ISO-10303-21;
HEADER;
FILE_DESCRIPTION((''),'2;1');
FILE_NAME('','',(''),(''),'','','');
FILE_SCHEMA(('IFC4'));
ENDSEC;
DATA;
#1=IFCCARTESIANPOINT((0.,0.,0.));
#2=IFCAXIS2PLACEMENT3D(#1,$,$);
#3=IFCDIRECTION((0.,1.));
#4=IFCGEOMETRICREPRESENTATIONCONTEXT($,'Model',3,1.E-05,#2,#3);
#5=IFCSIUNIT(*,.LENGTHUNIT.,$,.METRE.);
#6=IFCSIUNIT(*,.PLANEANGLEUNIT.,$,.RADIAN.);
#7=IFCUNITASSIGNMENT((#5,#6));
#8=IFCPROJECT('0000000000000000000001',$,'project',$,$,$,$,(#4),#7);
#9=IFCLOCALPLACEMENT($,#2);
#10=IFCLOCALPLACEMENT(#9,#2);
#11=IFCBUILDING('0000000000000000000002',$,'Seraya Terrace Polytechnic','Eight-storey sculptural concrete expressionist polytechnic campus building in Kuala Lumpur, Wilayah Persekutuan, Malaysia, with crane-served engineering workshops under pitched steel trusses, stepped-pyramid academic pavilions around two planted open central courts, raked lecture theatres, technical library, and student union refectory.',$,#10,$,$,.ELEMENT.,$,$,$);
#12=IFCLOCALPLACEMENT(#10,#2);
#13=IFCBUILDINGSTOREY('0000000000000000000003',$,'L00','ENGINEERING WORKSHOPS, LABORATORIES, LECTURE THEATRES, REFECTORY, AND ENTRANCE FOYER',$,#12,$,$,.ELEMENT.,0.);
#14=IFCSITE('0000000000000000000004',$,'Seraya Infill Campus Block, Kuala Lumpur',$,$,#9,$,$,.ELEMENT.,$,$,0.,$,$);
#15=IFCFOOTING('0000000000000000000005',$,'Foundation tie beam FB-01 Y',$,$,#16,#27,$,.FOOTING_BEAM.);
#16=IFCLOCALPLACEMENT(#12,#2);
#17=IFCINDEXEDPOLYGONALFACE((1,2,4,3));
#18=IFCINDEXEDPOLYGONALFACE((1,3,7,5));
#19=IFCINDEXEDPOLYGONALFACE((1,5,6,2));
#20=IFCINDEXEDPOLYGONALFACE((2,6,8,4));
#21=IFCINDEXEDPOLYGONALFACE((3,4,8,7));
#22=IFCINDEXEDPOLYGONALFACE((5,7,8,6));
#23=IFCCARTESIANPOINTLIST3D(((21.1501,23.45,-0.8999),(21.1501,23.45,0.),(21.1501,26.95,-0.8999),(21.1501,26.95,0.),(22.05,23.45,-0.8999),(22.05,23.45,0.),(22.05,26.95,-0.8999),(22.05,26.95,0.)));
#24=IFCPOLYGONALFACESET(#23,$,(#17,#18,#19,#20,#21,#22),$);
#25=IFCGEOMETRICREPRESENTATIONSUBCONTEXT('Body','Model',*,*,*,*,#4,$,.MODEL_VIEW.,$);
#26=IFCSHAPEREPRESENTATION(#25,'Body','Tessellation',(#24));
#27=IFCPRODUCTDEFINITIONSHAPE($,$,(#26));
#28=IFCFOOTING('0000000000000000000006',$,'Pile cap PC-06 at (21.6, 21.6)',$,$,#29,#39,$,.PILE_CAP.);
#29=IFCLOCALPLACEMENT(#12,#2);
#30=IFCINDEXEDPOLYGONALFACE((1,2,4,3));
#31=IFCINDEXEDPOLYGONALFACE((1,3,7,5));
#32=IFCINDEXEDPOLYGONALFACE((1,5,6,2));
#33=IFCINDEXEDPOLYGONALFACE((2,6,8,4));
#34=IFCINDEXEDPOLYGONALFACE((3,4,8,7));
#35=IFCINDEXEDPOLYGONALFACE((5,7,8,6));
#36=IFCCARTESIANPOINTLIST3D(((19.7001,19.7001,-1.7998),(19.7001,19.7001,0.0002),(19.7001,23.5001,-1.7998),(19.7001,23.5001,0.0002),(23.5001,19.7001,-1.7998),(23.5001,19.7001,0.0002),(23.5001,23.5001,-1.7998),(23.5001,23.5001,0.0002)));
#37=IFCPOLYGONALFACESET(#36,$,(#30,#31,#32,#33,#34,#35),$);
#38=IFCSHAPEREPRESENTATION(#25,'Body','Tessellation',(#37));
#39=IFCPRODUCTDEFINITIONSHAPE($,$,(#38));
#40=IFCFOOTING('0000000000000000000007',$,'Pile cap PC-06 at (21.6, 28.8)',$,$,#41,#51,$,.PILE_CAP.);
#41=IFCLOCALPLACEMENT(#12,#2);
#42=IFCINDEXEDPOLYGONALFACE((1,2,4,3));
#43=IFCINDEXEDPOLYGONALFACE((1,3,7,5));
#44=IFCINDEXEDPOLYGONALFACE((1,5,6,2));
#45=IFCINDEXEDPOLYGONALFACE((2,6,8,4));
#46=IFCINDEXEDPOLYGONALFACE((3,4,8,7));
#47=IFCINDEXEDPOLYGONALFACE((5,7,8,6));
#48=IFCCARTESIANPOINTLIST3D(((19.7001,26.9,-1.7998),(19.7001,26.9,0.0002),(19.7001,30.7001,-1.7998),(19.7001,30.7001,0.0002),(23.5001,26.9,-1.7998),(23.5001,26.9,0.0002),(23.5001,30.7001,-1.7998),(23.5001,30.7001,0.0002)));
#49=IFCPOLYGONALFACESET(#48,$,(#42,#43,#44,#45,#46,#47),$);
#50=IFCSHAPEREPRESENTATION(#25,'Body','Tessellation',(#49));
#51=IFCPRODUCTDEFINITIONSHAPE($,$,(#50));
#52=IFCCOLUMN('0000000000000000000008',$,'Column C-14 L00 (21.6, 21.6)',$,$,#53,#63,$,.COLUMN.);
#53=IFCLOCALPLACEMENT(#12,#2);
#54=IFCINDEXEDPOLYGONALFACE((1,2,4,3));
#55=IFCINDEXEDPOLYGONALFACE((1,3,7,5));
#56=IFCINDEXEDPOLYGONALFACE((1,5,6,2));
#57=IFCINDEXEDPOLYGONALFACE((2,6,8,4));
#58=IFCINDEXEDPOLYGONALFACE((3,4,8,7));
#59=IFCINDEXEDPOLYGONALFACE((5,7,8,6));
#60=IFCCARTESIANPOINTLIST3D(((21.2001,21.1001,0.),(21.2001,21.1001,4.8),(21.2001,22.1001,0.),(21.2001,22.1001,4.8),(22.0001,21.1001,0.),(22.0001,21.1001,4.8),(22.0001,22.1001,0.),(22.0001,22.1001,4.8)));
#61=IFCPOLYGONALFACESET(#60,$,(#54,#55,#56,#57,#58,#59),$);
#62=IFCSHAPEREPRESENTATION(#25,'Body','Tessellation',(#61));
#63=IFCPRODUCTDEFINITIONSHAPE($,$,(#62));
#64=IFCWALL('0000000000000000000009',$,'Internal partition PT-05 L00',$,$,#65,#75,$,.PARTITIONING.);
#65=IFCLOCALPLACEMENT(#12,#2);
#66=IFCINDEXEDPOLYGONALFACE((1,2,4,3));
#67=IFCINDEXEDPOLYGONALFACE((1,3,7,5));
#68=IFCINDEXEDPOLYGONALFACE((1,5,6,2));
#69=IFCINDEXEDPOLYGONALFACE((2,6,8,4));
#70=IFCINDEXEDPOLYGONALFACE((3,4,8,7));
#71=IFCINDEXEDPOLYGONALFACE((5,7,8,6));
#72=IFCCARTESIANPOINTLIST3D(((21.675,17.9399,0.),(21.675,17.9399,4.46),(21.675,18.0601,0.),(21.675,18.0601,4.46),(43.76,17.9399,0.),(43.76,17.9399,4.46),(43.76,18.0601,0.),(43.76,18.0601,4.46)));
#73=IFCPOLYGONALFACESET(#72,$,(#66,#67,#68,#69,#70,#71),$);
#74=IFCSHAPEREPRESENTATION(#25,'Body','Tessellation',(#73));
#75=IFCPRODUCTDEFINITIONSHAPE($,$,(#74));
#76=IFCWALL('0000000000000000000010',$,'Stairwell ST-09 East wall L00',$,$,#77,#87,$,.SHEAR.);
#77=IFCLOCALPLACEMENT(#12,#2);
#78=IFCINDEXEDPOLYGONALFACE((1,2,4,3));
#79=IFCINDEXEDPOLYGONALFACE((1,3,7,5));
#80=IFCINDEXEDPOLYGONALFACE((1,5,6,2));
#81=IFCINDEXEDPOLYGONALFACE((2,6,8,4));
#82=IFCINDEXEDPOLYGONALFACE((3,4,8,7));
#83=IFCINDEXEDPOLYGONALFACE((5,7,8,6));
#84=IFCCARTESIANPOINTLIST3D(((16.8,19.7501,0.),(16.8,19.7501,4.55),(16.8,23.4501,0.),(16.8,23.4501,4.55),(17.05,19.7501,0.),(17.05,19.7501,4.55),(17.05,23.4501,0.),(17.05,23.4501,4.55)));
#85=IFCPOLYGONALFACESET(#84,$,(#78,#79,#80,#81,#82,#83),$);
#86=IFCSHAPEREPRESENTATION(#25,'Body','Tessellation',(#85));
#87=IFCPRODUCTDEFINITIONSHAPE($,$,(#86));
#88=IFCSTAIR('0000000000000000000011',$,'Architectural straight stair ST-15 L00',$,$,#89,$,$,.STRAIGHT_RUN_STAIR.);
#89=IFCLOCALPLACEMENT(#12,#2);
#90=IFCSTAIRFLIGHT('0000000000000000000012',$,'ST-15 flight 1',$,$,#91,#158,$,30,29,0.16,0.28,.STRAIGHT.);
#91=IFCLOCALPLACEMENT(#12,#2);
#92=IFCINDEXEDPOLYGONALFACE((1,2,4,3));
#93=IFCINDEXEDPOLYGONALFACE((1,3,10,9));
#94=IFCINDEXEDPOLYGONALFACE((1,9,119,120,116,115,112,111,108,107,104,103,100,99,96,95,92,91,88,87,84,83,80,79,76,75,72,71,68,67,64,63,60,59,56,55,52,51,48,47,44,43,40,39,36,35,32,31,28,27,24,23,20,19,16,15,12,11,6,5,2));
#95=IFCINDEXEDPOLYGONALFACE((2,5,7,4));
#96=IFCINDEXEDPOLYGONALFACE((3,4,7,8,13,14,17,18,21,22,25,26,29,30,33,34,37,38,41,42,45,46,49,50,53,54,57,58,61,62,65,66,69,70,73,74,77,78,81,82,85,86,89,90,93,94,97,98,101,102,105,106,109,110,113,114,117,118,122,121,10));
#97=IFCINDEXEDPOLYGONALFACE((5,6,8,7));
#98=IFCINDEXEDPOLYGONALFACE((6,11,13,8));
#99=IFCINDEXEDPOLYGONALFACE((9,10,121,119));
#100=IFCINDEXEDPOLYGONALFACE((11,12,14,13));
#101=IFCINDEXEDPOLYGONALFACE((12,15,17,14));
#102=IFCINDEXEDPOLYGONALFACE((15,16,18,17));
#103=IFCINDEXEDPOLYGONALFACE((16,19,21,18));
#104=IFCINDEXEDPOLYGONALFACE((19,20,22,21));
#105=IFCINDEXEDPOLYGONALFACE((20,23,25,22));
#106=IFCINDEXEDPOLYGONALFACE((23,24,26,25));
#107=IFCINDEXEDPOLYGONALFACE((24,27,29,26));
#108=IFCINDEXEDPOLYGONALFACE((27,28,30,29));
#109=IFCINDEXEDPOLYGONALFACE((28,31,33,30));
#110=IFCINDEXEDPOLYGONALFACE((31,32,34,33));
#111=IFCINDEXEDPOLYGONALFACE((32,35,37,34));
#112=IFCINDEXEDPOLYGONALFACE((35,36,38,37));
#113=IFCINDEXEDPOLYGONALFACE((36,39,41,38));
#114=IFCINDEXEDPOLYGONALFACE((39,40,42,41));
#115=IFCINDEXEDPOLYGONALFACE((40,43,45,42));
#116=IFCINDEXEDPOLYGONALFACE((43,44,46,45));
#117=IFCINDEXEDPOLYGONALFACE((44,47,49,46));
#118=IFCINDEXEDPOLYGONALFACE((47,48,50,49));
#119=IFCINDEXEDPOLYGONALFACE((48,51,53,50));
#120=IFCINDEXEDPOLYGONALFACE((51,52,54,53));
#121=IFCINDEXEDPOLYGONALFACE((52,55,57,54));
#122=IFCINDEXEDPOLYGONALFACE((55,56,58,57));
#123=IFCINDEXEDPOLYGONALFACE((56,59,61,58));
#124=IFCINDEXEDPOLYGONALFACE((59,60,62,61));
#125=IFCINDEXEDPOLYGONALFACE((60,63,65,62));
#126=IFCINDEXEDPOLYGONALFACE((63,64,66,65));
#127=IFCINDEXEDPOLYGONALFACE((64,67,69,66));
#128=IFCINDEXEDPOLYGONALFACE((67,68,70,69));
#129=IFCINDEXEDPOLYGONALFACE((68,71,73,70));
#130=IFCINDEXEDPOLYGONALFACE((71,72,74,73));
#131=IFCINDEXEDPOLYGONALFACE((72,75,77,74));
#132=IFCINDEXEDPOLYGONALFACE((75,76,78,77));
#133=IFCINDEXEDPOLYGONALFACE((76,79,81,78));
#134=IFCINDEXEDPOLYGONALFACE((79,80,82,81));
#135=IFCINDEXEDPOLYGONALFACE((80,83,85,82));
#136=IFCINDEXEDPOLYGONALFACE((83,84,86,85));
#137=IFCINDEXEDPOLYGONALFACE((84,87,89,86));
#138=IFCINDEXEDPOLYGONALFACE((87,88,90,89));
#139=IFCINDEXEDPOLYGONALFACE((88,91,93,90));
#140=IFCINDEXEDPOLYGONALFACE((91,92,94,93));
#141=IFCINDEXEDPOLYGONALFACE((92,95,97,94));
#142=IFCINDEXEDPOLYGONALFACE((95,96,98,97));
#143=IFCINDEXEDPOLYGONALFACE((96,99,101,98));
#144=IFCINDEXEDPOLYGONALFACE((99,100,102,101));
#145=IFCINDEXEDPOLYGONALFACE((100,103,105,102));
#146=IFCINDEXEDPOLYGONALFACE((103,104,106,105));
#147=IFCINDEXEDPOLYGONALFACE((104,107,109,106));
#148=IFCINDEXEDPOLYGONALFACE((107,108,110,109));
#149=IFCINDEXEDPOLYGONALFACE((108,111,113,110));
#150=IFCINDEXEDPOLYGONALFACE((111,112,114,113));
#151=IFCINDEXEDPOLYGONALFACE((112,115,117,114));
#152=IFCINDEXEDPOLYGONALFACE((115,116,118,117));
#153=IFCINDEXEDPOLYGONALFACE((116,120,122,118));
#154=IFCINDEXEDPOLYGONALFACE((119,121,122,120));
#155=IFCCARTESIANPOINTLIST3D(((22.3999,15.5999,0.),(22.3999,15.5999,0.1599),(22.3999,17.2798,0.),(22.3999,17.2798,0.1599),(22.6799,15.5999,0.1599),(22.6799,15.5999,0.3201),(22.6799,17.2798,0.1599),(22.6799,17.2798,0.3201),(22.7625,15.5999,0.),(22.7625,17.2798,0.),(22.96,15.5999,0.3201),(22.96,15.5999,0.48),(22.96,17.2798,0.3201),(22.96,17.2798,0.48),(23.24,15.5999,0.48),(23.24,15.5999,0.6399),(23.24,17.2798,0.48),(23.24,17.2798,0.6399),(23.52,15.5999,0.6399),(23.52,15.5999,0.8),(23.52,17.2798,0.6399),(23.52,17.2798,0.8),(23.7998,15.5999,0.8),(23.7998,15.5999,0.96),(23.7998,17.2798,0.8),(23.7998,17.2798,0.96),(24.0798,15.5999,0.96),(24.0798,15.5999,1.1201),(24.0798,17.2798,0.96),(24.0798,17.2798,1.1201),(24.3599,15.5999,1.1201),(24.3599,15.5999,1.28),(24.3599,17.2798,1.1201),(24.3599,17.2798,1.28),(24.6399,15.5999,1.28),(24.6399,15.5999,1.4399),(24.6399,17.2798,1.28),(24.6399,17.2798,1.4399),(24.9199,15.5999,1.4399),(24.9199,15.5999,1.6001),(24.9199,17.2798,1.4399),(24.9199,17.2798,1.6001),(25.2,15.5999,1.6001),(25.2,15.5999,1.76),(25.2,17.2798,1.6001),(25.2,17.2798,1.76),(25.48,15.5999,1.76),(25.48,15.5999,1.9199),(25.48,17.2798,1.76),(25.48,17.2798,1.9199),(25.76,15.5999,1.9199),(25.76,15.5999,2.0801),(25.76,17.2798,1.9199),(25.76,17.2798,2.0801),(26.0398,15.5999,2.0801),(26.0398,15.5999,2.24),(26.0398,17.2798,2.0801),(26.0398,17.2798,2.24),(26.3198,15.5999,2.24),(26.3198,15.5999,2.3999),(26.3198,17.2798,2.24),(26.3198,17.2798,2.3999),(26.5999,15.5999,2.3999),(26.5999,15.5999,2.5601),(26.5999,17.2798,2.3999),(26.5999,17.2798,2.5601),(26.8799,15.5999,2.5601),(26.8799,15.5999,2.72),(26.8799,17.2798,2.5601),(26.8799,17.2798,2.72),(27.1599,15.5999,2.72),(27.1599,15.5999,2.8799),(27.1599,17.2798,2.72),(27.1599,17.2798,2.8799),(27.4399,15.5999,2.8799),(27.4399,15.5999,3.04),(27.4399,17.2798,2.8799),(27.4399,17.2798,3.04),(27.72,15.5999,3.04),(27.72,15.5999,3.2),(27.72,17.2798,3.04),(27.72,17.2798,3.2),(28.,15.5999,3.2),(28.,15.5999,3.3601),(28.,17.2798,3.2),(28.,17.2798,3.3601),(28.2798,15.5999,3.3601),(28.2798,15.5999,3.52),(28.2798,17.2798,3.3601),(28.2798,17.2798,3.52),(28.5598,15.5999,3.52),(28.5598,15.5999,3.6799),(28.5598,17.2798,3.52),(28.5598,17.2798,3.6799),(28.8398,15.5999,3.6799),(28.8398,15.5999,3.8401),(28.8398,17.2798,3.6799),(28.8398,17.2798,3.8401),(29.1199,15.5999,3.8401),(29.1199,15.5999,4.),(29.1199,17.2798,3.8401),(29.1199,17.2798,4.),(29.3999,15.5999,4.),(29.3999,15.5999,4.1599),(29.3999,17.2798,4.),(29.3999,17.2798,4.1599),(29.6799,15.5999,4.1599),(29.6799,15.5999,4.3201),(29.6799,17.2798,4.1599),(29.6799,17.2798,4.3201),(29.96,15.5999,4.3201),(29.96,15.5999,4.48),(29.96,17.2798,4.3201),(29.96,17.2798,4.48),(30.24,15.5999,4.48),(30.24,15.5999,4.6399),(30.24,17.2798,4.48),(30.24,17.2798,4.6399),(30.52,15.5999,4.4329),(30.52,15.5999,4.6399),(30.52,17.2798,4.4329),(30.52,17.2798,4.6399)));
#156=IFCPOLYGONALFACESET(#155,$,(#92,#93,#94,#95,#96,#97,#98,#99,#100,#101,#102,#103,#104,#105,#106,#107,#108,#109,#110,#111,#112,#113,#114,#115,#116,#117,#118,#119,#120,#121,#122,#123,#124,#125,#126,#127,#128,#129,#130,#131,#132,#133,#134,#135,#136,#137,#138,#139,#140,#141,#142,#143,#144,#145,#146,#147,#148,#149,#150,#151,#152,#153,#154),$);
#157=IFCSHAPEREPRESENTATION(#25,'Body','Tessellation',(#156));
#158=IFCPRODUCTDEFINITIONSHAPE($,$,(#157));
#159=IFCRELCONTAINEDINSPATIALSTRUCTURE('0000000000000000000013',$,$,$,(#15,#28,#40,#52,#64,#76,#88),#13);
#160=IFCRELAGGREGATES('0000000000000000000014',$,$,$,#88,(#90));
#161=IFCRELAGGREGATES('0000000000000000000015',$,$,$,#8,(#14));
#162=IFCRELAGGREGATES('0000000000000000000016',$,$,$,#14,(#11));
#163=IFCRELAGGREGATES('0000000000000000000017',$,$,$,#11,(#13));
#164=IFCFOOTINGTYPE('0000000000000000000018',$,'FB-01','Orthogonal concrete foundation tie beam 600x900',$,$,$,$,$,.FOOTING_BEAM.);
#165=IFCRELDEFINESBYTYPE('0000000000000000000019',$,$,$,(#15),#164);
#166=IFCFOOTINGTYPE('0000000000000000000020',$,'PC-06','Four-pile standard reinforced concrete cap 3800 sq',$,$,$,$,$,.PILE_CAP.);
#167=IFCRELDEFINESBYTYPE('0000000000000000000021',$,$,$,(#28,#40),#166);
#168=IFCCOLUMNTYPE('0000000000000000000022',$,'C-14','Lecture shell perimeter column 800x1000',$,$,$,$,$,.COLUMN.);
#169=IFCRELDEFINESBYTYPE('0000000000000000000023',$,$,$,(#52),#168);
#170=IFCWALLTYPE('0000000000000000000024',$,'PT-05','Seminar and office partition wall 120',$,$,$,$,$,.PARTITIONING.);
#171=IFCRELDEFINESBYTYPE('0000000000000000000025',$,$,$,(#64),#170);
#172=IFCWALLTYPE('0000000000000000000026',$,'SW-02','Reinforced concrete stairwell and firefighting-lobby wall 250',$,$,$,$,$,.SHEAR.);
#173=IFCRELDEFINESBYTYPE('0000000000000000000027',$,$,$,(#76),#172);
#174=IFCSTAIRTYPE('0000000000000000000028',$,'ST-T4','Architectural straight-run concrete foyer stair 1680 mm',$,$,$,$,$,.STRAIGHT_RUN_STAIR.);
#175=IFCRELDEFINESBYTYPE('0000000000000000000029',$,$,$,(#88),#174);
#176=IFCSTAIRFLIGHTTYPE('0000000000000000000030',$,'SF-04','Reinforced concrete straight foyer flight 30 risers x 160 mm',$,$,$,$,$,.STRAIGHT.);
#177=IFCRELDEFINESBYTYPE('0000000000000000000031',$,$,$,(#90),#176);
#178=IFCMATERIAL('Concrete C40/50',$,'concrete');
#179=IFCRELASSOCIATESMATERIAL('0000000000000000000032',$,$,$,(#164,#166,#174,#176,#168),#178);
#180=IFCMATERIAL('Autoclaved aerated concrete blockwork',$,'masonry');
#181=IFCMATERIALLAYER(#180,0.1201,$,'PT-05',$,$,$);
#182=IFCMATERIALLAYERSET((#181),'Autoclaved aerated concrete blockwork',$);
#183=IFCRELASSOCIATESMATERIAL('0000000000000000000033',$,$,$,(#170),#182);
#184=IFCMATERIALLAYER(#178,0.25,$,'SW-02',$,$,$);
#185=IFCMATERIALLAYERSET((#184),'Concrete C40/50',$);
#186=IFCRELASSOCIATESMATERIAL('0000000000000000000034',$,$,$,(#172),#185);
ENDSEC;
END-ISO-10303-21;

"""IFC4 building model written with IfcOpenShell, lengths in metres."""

from ifc_helpers import new_model, si_unit, direction, frame, frame_2d, origin, origin_2d, place, context, subcontext, project, spatial, polyline, rectangle, outline, extrude, material, layer, layer_set, material_profile, profile_set, type_object, element, aggregate, save


model = new_model("IFC4")

# Units and contexts
model_context = context("Model", 3, precision=1e-05, world=origin(), true_north=direction((0.0, 1.0)))
body_context = subcontext(model_context, "Body", "Model", "MODEL_VIEW")
ifc_project = project(units=[si_unit("LENGTHUNIT", "METRE"), si_unit("PLANEANGLEUNIT", "RADIAN")], contexts=[model_context])

# Site, building, storey
site_placement = place(None, origin())
site = spatial("IfcSite", under=ifc_project, at=site_placement, Name="Seraya Infill Campus Block, Kuala Lumpur", CompositionType="ELEMENT", RefElevation=0.0)
building_placement = place(site_placement, origin())
building = spatial("IfcBuilding", under=site, at=building_placement, Name="Seraya Terrace Polytechnic", Description="Eight-storey sculptural concrete expressionist polytechnic campus building in Kuala Lumpur, Wilayah Persekutuan, Malaysia, with crane-served engineering workshops under pitched steel trusses, stepped-pyramid academic pavilions around two planted open central courts, raked lecture theatres, technical library, and student union refectory.", CompositionType="ELEMENT")
storey_placement = place(building_placement, origin())
storey = spatial("IfcBuildingStorey", under=building, at=storey_placement, Name="L00", Description="ENGINEERING WORKSHOPS, LABORATORIES, LECTURE THEATRES, REFECTORY, AND ENTRANCE FOYER", CompositionType="ELEMENT", Elevation=0.0)

# Shared definitions
ifc_material_1 = material(Name="Concrete C40/50", Category="concrete")

# Footings
footing_type_1 = type_object("IfcFootingType", Name="FB-01", Description="Orthogonal concrete foundation tie beam 600x900", PredefinedType="FOOTING_BEAM", material=ifc_material_1)
for number, where, z_axis, x_axis, name in (
    (1, (21.6001, 25.2, -0.8999), (0.0, 0.0, 1.0), (0.0, 1.0, 0.0), "Foundation tie beam FB-01 Y"),
):
    element("IfcFooting", number, at=place(storey_placement, frame(where, z_axis=z_axis, x_axis=x_axis)), inside=storey, type_object=footing_type_1, Name=name, PredefinedType="FOOTING_BEAM", context=body_context, shape_type="SweptSolid", body=[
        extrude(rectangle(XDim=3.5, YDim=0.8999, at=origin_2d()), origin(), (0.0, 0.0, 1.0), 0.8999),
    ])
footing_type_2 = type_object("IfcFootingType", Name="PC-06", Description="Four-pile standard reinforced concrete cap 3800 sq", PredefinedType="PILE_CAP", material=ifc_material_1)
for number, where, z_axis, x_axis, name in (
    (2, (21.6001, 21.6001, -1.7998), (0.0, 0.0, 1.0), (1.0, 0.0, 0.0), "Pile cap PC-06 at (21.6, 21.6)"),
    (3, (21.6001, 28.8, -1.7998), (0.0, 0.0, 1.0), (1.0, 0.0, 0.0), "Pile cap PC-06 at (21.6, 28.8)"),
):
    element("IfcFooting", number, at=place(storey_placement, frame(where, z_axis=z_axis, x_axis=x_axis)), inside=storey, type_object=footing_type_2, Name=name, PredefinedType="PILE_CAP", context=body_context, shape_type="SweptSolid", body=[
        extrude(rectangle(XDim=3.8, YDim=3.8, at=origin_2d()), origin(), (0.0, 0.0, 1.0), 1.8),
    ])

# Column
ifc_material_profile_1 = material_profile(ifc_material_1, rectangle(XDim=0.8, YDim=1.0, at=origin_2d()), Name="RC 800x1000")
ifc_profile_set_1 = profile_set([ifc_material_profile_1], Name="Concrete C40/50")
column_type = type_object("IfcColumnType", Name="C-14", Description="Lecture shell perimeter column 800x1000", PredefinedType="COLUMN", material=ifc_profile_set_1)
column_placement = place(storey_placement, frame((21.6001, 21.6001, 0.0), z_axis=(0.0, 0.0, 1.0), x_axis=(1.0, 0.0, 0.0)))
element("IfcColumn", 4, at=column_placement, inside=storey, type_object=column_type, Name="Column C-14 L00 (21.6, 21.6)", PredefinedType="COLUMN", context=body_context, shape_type="SweptSolid", body=[
    extrude(rectangle(XDim=0.8, YDim=1.0, at=origin_2d()), origin(), (0.0, 0.0, 1.0), 4.8),
])

# Walls
ifc_material_2 = material(Name="Autoclaved aerated concrete blockwork", Category="masonry")
ifc_layer_1 = layer(ifc_material_2, 0.1201, Name="PT-05")
ifc_layer_set_1 = layer_set([ifc_layer_1], Name="Autoclaved aerated concrete blockwork")
wall_type_1 = type_object("IfcWallType", Name="PT-05", Description="Seminar and office partition wall 120", PredefinedType="PARTITIONING", material=ifc_layer_set_1)
wall_1_placement = place(storey_placement, frame((21.675, 18.0, 0.0), z_axis=(0.0, 0.0, 1.0), x_axis=(1.0, 0.0, 0.0)))
element("IfcWall", 5, at=wall_1_placement, inside=storey, type_object=wall_type_1, Name="Internal partition PT-05 L00", PredefinedType="PARTITIONING", context=body_context, shape_type="SweptSolid", body=[
    extrude(rectangle(XDim=22.085, YDim=0.1201, at=frame_2d((11.0425, 0.0))), origin(), (0.0, 0.0, 1.0), 4.46),
])
ifc_layer_2 = layer(ifc_material_1, 0.25, Name="SW-02")
ifc_layer_set_2 = layer_set([ifc_layer_2], Name="Concrete C40/50")
wall_type_2 = type_object("IfcWallType", Name="SW-02", Description="Reinforced concrete stairwell and firefighting-lobby wall 250", PredefinedType="SHEAR", material=ifc_layer_set_2)
wall_2_placement = place(storey_placement, frame((16.925, 19.75, 0.0), z_axis=(0.0, 0.0, 1.0), x_axis=(0.0, 1.0, 0.0)))
element("IfcWall", 6, at=wall_2_placement, inside=storey, type_object=wall_type_2, Name="Stairwell ST-09 East wall L00", PredefinedType="SHEAR", context=body_context, shape_type="SweptSolid", body=[
    extrude(rectangle(XDim=3.7, YDim=0.25, at=frame_2d((1.8501, 0.0))), origin(), (0.0, 0.0, 1.0), 4.55),
])

# Stair, stair flight
stair_type = type_object("IfcStairType", Name="ST-T4", Description="Architectural straight-run concrete foyer stair 1680 mm", PredefinedType="STRAIGHT_RUN_STAIR", material=ifc_material_1)
stair_placement = place(storey_placement, origin())
stair = element("IfcStair", 7, at=stair_placement, inside=storey, type_object=stair_type, Name="Architectural straight stair ST-15 L00", PredefinedType="STRAIGHT_RUN_STAIR")
stair_flight_type = type_object("IfcStairFlightType", Name="SF-04", Description="Reinforced concrete straight foyer flight 30 risers x 160 mm", PredefinedType="STRAIGHT", material=ifc_material_1)
stair_flight_placement = place(storey_placement, frame((22.3999, 16.4399, 0.0), z_axis=(0.0, 0.0, 1.0), x_axis=(1.0, 0.0, 0.0)))
stair_flight = element("IfcStairFlight", 8, at=stair_flight_placement, type_object=stair_flight_type, Name="ST-15 flight 1", NumberOfRisers=30, NumberOfTreads=29, PredefinedType="STRAIGHT", RiserHeight=0.16, TreadLength=0.28, context=body_context, shape_type="SweptSolid", body=[
    extrude(outline(polyline([(0.0, 0.0), (0.0, 0.1599), (0.28, 0.1599), (0.28, 0.3201), (0.5601, 0.3201), (0.5601, 0.48), (0.8401, 0.48), (0.8401, 0.6399), (1.1201, 0.6399), (1.1201, 0.8), (1.3999, 0.8), (1.3999, 0.96), (1.6799, 0.96), (1.6799, 1.1201), (1.96, 1.1201), (1.96, 1.28), (2.24, 1.28), (2.24, 1.4399), (2.52, 1.4399), (2.52, 1.6001), (2.8, 1.6001), (2.8, 1.76), (3.0801, 1.76), (3.0801, 1.9199), (3.3601, 1.9199), (3.3601, 2.0801), (3.6399, 2.0801), (3.6399, 2.24), (3.9199, 2.24), (3.9199, 2.3999), (4.2, 2.3999), (4.2, 2.5601), (4.48, 2.5601), (4.48, 2.72), (4.76, 2.72), (4.76, 2.8799), (5.04, 2.8799), (5.04, 3.04), (5.3201, 3.04), (5.3201, 3.2), (5.6001, 3.2), (5.6001, 3.3601), (5.8799, 3.3601), (5.8799, 3.52), (6.1599, 3.52), (6.1599, 3.6799), (6.4399, 3.6799), (6.4399, 3.8401), (6.72, 3.8401), (6.72, 4.0), (7.0, 4.0), (7.0, 4.1599), (7.28, 4.1599), (7.28, 4.3201), (7.5601, 4.3201), (7.5601, 4.48), (7.8401, 4.48), (7.8401, 4.6399), (8.1201, 4.6399), (8.1201, 4.8), (8.1201, 4.4329), (0.3625, 0.0), (0.0, 0.0)])), frame((0.0, 0.8398, 0.0), z_axis=(0.0, -1.0, 0.0), x_axis=(1.0, 0.0, 0.0)), (0.0, 0.0, 1.0), 1.6799),
])
aggregate(stair, [stair_flight])

save(model, "model.ifc")
